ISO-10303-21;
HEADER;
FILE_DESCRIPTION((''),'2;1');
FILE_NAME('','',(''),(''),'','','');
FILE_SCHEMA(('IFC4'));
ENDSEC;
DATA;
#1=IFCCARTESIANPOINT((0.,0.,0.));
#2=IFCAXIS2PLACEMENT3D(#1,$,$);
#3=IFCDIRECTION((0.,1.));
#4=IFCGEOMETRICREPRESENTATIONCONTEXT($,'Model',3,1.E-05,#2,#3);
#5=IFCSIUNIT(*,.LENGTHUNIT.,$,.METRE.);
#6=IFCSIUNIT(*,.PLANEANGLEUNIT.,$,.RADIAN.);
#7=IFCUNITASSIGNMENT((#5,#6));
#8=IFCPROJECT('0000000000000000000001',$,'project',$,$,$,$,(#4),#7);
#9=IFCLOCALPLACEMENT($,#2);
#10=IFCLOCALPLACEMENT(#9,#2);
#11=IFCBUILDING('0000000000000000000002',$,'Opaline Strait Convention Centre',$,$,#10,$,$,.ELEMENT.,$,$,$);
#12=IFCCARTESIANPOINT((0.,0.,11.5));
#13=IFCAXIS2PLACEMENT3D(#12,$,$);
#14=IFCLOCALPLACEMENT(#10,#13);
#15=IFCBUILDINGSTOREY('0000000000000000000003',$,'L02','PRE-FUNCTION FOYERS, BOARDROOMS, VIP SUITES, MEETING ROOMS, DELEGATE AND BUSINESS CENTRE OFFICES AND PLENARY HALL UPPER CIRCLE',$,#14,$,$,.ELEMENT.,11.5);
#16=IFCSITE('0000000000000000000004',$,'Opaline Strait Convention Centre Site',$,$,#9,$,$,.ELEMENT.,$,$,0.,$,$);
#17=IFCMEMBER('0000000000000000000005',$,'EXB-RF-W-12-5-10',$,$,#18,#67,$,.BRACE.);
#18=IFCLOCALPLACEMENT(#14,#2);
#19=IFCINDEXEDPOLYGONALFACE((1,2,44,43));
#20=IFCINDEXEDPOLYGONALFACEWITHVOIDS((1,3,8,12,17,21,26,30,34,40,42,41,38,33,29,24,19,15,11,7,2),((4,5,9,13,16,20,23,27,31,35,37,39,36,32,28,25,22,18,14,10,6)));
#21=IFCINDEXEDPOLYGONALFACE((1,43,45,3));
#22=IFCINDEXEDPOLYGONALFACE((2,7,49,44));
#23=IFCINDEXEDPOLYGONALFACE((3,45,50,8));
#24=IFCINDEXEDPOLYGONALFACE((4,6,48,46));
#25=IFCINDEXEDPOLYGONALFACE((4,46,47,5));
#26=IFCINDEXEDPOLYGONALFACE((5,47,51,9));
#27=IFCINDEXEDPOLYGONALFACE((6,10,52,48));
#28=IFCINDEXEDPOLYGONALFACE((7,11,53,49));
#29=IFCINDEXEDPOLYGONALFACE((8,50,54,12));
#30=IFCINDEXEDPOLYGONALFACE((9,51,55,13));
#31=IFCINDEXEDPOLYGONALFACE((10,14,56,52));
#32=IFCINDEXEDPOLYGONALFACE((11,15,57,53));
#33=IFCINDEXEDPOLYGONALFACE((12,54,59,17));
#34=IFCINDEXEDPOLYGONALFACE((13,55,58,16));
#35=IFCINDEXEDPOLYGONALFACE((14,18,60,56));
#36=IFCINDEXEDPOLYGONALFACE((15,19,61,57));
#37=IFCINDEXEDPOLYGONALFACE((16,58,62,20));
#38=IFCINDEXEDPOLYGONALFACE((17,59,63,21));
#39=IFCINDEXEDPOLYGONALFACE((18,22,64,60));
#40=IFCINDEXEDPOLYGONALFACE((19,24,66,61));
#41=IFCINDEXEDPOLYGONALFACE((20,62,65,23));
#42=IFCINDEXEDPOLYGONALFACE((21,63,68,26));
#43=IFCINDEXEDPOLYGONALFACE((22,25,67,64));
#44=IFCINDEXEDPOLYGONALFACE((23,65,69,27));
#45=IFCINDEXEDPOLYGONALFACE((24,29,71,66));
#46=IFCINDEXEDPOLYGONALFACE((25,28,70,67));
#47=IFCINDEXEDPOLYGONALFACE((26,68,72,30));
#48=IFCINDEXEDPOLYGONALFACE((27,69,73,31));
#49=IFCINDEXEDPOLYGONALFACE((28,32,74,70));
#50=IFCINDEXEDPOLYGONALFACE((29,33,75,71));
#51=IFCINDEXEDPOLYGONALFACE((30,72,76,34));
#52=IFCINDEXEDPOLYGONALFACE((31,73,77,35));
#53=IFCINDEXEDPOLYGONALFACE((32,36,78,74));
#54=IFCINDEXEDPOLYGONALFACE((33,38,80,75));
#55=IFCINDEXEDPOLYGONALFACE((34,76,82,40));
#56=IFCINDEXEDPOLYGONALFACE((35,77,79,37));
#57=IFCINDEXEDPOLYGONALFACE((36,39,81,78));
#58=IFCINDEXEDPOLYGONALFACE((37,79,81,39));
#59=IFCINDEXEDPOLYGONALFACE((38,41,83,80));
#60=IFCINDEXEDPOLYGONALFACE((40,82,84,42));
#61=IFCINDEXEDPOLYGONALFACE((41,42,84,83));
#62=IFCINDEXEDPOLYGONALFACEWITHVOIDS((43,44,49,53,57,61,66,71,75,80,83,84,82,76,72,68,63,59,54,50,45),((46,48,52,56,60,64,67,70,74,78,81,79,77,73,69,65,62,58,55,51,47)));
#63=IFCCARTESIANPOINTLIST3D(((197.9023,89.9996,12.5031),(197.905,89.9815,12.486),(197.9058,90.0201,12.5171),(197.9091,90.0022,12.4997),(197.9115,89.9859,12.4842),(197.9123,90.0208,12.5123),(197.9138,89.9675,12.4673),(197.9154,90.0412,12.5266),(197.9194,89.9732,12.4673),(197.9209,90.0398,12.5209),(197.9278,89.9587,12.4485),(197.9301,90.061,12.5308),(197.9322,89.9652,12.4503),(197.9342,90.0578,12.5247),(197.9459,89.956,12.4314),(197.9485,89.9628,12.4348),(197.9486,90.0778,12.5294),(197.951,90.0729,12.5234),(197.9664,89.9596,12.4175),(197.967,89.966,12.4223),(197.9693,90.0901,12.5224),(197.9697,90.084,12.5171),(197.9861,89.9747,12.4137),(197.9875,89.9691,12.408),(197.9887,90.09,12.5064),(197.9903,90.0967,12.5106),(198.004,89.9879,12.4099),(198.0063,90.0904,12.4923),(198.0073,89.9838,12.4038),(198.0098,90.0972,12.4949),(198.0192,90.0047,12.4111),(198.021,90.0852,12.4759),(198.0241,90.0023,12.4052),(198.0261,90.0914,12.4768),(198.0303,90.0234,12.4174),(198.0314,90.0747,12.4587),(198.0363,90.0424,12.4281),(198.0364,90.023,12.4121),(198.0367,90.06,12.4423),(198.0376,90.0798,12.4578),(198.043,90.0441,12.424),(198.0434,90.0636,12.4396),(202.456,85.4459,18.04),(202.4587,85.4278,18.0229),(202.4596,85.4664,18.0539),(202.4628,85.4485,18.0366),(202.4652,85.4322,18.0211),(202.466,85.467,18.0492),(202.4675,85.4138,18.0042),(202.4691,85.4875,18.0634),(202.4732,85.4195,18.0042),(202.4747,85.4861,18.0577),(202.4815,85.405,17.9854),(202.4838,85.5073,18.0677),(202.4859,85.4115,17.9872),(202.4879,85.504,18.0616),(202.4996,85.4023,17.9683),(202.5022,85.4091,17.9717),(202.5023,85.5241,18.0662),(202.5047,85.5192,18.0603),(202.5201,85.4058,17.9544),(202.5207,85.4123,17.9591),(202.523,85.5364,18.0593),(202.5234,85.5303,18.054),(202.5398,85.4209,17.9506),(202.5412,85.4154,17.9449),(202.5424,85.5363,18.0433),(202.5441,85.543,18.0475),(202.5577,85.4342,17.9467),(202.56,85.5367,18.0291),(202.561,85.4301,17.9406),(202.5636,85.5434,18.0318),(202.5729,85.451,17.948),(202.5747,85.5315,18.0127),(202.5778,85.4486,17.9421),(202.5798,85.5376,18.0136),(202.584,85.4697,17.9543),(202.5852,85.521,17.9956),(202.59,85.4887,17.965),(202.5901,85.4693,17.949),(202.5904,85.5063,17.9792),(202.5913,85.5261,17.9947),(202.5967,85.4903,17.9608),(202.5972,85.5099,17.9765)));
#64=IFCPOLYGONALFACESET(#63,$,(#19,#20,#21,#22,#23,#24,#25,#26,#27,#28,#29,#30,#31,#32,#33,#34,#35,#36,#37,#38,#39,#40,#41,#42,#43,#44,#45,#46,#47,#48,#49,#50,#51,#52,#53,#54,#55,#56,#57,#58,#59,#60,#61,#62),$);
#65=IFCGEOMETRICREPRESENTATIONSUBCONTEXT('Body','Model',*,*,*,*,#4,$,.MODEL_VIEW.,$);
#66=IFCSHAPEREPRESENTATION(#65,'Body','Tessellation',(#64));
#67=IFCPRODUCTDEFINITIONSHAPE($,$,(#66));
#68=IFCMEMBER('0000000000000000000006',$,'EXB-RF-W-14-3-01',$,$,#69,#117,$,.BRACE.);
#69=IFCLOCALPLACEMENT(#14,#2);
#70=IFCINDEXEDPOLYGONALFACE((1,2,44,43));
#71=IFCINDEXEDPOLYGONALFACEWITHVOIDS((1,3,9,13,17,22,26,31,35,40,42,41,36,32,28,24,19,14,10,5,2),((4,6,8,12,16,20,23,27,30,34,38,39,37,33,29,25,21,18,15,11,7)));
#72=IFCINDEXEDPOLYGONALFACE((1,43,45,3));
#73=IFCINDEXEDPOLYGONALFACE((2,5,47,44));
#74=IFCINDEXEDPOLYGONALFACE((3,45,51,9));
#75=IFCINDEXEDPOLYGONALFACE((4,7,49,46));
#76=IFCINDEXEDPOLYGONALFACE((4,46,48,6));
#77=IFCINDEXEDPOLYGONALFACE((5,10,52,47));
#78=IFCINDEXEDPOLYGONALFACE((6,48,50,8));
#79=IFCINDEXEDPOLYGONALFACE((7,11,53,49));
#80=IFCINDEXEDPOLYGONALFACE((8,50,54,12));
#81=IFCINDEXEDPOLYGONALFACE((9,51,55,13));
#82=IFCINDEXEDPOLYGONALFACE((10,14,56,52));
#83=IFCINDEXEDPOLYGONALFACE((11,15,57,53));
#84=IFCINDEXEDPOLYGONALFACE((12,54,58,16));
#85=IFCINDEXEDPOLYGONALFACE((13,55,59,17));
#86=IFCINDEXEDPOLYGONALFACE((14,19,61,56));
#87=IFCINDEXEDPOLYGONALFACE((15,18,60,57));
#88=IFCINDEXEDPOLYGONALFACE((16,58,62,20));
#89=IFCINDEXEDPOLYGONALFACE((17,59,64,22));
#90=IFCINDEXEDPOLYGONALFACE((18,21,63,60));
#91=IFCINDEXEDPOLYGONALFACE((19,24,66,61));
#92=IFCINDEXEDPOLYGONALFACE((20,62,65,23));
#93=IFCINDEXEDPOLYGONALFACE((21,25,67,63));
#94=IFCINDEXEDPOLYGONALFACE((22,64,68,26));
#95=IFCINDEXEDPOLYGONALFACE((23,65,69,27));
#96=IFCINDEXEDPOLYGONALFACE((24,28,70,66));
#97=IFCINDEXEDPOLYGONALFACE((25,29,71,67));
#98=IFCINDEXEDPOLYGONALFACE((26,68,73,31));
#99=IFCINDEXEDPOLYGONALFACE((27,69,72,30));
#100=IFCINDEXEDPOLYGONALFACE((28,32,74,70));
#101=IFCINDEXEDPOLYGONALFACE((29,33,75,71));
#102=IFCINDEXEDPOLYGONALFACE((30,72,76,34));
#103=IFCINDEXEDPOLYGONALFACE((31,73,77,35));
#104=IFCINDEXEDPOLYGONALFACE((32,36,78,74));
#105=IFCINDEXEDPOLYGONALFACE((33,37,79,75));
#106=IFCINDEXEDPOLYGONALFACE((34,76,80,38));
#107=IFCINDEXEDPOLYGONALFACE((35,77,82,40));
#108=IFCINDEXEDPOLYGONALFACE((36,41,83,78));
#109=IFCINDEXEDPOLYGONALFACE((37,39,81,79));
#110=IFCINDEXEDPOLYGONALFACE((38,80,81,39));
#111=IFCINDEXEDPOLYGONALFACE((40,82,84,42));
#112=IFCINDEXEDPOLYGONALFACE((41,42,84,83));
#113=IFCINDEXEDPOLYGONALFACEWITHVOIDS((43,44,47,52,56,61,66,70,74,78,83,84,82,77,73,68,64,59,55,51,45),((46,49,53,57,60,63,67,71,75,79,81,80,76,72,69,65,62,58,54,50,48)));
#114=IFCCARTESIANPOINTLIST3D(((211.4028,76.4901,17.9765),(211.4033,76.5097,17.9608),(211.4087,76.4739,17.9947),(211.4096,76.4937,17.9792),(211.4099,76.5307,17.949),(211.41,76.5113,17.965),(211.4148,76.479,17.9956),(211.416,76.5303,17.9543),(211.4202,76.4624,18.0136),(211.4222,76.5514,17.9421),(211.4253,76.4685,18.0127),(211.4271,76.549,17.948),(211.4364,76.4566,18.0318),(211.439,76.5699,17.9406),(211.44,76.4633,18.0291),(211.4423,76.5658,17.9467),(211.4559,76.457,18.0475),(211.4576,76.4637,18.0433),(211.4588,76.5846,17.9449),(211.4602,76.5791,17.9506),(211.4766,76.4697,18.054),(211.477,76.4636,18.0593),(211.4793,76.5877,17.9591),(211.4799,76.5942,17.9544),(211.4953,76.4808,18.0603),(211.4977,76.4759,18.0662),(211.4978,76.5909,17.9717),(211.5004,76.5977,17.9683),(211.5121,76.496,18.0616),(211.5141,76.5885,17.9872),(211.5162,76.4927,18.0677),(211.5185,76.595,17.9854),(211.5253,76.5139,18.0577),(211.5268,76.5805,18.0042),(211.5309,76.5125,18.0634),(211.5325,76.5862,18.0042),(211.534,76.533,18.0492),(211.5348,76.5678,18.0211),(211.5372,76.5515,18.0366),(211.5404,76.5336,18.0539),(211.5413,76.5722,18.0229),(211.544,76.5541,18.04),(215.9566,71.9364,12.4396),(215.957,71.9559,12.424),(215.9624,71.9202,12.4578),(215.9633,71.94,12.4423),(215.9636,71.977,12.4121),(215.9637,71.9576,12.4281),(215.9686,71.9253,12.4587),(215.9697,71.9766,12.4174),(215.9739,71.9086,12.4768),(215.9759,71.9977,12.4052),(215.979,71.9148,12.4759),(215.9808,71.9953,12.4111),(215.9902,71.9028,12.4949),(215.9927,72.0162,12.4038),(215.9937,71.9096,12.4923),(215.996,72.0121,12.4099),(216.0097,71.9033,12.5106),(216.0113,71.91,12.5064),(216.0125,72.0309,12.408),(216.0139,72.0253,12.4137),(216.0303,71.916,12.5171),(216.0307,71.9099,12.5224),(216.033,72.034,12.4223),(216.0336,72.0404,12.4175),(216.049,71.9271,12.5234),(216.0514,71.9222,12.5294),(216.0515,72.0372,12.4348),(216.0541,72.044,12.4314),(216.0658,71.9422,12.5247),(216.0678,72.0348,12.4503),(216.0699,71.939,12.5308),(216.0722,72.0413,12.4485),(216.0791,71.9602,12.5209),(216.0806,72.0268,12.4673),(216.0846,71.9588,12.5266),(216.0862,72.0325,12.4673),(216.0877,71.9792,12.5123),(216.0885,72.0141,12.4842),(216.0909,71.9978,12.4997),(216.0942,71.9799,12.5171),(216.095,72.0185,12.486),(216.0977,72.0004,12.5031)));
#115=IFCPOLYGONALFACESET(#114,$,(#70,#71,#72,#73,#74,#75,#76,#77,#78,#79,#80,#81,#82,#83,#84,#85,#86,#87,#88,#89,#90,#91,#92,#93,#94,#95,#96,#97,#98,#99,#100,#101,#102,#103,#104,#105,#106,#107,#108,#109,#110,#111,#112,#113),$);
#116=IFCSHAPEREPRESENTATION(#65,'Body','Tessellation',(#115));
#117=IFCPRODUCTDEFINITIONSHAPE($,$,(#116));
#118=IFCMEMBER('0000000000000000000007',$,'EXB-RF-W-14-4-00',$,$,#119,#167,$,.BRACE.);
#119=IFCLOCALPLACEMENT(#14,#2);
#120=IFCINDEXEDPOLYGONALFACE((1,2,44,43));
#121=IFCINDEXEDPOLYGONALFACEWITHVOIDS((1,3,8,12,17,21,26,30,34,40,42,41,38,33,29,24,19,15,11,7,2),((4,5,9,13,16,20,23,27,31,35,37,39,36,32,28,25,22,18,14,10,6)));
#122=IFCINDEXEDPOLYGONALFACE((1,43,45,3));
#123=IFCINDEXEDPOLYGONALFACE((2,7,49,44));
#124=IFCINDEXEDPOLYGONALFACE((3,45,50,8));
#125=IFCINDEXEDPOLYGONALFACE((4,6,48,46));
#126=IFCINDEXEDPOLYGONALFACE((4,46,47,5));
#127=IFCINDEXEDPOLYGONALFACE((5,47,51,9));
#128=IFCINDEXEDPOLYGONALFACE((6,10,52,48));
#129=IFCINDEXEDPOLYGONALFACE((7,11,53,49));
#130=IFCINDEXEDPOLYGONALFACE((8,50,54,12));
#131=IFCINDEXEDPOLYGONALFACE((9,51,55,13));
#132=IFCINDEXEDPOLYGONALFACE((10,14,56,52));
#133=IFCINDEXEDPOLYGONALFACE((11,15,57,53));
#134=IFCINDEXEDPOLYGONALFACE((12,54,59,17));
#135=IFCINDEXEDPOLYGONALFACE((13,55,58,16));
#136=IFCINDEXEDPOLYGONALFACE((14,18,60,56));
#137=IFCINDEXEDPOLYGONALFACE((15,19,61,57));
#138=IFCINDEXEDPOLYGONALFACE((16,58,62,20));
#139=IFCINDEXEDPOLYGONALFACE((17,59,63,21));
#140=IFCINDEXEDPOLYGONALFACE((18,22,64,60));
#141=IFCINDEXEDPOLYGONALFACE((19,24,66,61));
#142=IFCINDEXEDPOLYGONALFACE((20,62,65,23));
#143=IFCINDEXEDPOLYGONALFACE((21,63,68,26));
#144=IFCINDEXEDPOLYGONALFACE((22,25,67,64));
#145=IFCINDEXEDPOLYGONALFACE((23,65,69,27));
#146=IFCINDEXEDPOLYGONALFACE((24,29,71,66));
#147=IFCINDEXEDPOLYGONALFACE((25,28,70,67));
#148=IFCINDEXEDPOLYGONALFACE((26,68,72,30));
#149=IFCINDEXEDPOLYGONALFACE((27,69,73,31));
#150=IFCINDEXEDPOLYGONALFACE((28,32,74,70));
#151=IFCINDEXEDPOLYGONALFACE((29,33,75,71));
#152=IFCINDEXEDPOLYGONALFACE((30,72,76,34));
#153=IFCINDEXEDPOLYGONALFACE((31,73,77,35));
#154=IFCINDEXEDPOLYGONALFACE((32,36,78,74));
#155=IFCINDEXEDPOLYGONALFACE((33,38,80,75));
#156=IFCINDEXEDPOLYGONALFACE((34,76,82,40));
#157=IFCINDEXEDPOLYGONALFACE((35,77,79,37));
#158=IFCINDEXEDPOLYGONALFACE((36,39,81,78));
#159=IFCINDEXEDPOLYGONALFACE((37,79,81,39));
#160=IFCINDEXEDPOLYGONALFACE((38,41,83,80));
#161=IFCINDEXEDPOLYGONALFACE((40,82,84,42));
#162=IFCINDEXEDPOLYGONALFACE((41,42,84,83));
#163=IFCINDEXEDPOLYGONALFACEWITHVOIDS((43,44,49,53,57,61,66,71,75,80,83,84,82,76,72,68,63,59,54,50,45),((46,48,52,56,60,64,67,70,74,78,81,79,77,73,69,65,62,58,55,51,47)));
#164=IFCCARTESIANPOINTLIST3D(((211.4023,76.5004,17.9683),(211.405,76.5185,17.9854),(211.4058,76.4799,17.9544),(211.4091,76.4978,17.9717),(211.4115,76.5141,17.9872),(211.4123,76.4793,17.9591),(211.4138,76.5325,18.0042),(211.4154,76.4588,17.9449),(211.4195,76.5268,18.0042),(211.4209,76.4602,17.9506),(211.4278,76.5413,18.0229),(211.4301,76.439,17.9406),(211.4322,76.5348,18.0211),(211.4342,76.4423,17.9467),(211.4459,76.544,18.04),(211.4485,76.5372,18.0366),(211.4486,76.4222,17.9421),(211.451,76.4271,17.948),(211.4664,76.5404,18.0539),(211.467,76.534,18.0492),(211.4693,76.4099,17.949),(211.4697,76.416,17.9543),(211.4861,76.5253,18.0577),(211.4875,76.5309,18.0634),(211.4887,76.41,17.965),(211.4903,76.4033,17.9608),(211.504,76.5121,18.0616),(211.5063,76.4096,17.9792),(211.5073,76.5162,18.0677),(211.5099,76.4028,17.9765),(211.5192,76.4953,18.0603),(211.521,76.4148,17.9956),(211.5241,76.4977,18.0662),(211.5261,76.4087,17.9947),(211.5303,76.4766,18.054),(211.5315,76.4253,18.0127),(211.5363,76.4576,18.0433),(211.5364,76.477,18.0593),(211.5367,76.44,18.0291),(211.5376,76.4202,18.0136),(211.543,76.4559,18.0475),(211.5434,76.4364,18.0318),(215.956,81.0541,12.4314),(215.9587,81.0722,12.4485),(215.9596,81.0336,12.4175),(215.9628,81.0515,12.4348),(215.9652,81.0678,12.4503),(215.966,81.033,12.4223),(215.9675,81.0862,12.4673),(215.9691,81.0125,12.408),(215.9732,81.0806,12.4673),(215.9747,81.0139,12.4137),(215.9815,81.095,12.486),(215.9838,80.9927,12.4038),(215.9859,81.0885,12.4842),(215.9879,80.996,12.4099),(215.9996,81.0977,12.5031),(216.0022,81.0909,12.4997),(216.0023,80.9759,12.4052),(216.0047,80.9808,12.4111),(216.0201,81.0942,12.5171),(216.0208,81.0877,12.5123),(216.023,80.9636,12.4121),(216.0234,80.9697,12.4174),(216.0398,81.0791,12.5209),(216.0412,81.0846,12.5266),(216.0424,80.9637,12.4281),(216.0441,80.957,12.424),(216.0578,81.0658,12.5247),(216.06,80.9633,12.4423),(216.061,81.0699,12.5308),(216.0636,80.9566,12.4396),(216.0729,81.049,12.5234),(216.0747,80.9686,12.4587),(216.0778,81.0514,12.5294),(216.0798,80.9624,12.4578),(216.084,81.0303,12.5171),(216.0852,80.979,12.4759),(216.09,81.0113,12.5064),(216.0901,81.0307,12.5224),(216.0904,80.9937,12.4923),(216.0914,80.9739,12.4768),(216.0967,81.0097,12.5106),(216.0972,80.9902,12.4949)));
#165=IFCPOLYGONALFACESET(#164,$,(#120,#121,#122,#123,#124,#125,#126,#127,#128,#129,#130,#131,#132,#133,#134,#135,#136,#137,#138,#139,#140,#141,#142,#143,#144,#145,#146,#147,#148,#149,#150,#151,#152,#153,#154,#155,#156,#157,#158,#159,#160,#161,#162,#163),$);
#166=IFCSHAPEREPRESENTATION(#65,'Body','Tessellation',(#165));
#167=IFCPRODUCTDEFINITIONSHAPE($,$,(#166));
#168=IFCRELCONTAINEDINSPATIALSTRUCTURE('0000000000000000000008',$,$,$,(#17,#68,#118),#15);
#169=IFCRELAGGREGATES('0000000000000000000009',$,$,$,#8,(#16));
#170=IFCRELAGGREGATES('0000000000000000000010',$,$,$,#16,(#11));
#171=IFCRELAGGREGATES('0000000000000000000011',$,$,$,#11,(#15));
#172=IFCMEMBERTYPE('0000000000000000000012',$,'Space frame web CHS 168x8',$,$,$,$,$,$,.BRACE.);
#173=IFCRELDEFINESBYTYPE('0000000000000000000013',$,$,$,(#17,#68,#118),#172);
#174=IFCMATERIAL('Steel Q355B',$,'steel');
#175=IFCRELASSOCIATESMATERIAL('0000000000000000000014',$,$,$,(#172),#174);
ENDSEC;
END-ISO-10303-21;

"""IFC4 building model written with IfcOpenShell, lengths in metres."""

from ifc_helpers import new_model, si_unit, direction, frame, origin, origin_2d, place, context, subcontext, project, spatial, hollow_circle, extrude, material, material_profile, profile_set, type_object, element, save


model = new_model("IFC4")

# Units and contexts
model_context = context("Model", 3, precision=1e-05, world=origin(), true_north=direction((0.0, 1.0)))
body_context = subcontext(model_context, "Body", "Model", "MODEL_VIEW")
ifc_project = project(units=[si_unit("LENGTHUNIT", "METRE"), si_unit("PLANEANGLEUNIT", "RADIAN")], contexts=[model_context])

# Site, building, storey
site_placement = place(None, origin())
site = spatial("IfcSite", under=ifc_project, at=site_placement, Name="Opaline Strait Convention Centre Site", CompositionType="ELEMENT", RefElevation=0.0)
building_placement = place(site_placement, origin())
building = spatial("IfcBuilding", under=site, at=building_placement, Name="Opaline Strait Convention Centre", CompositionType="ELEMENT")
storey_placement = place(building_placement, frame((0.0, 0.0, 11.5)))
storey = spatial("IfcBuildingStorey", under=building, at=storey_placement, Name="L02", Description="PRE-FUNCTION FOYERS, BOARDROOMS, VIP SUITES, MEETING ROOMS, DELEGATE AND BUSINESS CENTRE OFFICES AND PLENARY HALL UPPER CIRCLE", CompositionType="ELEMENT", Elevation=11.5)

# Members
ifc_material_1 = material(Name="Steel Q355B", Category="steel")
ifc_material_profile_1 = material_profile(ifc_material_1, hollow_circle(Radius=0.084, WallThickness=0.0081, at=origin_2d()), Name="CHS 168x8")
ifc_profile_set_1 = profile_set([ifc_material_profile_1], Name="Steel Q355B")
member_type_1 = type_object("IfcMemberType", Name="Space frame web CHS 168x8", PredefinedType="BRACE", material=ifc_profile_set_1)
for number, where, z_axis, x_axis, name in (
    (1, (202.5269, 85.4731, 18.0042), (-0.536178, 0.536178, -0.65194), (-0.707107, -0.707107, 0.0), "EXB-RF-W-12-5-10"),
    (2, (211.4731, 76.5269, 18.0042), (0.536178, -0.536178, -0.65194), (0.707107, 0.707107, 0.0), "EXB-RF-W-14-3-01"),
    (3, (211.4731, 76.4731, 18.0042), (0.536178, 0.536178, -0.65194), (-0.707107, 0.707107, 0.0), "EXB-RF-W-14-4-00"),
):
    element("IfcMember", number, at=place(storey_placement, frame(where, z_axis=z_axis, x_axis=x_axis)), inside=storey, type_object=member_type_1, Name=name, PredefinedType="BRACE", context=body_context, shape_type="SweptSolid", body=[
        extrude(hollow_circle(Radius=0.084, WallThickness=0.0081, at=origin_2d()), origin(), (0.0, 0.0, 1.0), 8.4929),
    ])

save(model, "model.ifc")
